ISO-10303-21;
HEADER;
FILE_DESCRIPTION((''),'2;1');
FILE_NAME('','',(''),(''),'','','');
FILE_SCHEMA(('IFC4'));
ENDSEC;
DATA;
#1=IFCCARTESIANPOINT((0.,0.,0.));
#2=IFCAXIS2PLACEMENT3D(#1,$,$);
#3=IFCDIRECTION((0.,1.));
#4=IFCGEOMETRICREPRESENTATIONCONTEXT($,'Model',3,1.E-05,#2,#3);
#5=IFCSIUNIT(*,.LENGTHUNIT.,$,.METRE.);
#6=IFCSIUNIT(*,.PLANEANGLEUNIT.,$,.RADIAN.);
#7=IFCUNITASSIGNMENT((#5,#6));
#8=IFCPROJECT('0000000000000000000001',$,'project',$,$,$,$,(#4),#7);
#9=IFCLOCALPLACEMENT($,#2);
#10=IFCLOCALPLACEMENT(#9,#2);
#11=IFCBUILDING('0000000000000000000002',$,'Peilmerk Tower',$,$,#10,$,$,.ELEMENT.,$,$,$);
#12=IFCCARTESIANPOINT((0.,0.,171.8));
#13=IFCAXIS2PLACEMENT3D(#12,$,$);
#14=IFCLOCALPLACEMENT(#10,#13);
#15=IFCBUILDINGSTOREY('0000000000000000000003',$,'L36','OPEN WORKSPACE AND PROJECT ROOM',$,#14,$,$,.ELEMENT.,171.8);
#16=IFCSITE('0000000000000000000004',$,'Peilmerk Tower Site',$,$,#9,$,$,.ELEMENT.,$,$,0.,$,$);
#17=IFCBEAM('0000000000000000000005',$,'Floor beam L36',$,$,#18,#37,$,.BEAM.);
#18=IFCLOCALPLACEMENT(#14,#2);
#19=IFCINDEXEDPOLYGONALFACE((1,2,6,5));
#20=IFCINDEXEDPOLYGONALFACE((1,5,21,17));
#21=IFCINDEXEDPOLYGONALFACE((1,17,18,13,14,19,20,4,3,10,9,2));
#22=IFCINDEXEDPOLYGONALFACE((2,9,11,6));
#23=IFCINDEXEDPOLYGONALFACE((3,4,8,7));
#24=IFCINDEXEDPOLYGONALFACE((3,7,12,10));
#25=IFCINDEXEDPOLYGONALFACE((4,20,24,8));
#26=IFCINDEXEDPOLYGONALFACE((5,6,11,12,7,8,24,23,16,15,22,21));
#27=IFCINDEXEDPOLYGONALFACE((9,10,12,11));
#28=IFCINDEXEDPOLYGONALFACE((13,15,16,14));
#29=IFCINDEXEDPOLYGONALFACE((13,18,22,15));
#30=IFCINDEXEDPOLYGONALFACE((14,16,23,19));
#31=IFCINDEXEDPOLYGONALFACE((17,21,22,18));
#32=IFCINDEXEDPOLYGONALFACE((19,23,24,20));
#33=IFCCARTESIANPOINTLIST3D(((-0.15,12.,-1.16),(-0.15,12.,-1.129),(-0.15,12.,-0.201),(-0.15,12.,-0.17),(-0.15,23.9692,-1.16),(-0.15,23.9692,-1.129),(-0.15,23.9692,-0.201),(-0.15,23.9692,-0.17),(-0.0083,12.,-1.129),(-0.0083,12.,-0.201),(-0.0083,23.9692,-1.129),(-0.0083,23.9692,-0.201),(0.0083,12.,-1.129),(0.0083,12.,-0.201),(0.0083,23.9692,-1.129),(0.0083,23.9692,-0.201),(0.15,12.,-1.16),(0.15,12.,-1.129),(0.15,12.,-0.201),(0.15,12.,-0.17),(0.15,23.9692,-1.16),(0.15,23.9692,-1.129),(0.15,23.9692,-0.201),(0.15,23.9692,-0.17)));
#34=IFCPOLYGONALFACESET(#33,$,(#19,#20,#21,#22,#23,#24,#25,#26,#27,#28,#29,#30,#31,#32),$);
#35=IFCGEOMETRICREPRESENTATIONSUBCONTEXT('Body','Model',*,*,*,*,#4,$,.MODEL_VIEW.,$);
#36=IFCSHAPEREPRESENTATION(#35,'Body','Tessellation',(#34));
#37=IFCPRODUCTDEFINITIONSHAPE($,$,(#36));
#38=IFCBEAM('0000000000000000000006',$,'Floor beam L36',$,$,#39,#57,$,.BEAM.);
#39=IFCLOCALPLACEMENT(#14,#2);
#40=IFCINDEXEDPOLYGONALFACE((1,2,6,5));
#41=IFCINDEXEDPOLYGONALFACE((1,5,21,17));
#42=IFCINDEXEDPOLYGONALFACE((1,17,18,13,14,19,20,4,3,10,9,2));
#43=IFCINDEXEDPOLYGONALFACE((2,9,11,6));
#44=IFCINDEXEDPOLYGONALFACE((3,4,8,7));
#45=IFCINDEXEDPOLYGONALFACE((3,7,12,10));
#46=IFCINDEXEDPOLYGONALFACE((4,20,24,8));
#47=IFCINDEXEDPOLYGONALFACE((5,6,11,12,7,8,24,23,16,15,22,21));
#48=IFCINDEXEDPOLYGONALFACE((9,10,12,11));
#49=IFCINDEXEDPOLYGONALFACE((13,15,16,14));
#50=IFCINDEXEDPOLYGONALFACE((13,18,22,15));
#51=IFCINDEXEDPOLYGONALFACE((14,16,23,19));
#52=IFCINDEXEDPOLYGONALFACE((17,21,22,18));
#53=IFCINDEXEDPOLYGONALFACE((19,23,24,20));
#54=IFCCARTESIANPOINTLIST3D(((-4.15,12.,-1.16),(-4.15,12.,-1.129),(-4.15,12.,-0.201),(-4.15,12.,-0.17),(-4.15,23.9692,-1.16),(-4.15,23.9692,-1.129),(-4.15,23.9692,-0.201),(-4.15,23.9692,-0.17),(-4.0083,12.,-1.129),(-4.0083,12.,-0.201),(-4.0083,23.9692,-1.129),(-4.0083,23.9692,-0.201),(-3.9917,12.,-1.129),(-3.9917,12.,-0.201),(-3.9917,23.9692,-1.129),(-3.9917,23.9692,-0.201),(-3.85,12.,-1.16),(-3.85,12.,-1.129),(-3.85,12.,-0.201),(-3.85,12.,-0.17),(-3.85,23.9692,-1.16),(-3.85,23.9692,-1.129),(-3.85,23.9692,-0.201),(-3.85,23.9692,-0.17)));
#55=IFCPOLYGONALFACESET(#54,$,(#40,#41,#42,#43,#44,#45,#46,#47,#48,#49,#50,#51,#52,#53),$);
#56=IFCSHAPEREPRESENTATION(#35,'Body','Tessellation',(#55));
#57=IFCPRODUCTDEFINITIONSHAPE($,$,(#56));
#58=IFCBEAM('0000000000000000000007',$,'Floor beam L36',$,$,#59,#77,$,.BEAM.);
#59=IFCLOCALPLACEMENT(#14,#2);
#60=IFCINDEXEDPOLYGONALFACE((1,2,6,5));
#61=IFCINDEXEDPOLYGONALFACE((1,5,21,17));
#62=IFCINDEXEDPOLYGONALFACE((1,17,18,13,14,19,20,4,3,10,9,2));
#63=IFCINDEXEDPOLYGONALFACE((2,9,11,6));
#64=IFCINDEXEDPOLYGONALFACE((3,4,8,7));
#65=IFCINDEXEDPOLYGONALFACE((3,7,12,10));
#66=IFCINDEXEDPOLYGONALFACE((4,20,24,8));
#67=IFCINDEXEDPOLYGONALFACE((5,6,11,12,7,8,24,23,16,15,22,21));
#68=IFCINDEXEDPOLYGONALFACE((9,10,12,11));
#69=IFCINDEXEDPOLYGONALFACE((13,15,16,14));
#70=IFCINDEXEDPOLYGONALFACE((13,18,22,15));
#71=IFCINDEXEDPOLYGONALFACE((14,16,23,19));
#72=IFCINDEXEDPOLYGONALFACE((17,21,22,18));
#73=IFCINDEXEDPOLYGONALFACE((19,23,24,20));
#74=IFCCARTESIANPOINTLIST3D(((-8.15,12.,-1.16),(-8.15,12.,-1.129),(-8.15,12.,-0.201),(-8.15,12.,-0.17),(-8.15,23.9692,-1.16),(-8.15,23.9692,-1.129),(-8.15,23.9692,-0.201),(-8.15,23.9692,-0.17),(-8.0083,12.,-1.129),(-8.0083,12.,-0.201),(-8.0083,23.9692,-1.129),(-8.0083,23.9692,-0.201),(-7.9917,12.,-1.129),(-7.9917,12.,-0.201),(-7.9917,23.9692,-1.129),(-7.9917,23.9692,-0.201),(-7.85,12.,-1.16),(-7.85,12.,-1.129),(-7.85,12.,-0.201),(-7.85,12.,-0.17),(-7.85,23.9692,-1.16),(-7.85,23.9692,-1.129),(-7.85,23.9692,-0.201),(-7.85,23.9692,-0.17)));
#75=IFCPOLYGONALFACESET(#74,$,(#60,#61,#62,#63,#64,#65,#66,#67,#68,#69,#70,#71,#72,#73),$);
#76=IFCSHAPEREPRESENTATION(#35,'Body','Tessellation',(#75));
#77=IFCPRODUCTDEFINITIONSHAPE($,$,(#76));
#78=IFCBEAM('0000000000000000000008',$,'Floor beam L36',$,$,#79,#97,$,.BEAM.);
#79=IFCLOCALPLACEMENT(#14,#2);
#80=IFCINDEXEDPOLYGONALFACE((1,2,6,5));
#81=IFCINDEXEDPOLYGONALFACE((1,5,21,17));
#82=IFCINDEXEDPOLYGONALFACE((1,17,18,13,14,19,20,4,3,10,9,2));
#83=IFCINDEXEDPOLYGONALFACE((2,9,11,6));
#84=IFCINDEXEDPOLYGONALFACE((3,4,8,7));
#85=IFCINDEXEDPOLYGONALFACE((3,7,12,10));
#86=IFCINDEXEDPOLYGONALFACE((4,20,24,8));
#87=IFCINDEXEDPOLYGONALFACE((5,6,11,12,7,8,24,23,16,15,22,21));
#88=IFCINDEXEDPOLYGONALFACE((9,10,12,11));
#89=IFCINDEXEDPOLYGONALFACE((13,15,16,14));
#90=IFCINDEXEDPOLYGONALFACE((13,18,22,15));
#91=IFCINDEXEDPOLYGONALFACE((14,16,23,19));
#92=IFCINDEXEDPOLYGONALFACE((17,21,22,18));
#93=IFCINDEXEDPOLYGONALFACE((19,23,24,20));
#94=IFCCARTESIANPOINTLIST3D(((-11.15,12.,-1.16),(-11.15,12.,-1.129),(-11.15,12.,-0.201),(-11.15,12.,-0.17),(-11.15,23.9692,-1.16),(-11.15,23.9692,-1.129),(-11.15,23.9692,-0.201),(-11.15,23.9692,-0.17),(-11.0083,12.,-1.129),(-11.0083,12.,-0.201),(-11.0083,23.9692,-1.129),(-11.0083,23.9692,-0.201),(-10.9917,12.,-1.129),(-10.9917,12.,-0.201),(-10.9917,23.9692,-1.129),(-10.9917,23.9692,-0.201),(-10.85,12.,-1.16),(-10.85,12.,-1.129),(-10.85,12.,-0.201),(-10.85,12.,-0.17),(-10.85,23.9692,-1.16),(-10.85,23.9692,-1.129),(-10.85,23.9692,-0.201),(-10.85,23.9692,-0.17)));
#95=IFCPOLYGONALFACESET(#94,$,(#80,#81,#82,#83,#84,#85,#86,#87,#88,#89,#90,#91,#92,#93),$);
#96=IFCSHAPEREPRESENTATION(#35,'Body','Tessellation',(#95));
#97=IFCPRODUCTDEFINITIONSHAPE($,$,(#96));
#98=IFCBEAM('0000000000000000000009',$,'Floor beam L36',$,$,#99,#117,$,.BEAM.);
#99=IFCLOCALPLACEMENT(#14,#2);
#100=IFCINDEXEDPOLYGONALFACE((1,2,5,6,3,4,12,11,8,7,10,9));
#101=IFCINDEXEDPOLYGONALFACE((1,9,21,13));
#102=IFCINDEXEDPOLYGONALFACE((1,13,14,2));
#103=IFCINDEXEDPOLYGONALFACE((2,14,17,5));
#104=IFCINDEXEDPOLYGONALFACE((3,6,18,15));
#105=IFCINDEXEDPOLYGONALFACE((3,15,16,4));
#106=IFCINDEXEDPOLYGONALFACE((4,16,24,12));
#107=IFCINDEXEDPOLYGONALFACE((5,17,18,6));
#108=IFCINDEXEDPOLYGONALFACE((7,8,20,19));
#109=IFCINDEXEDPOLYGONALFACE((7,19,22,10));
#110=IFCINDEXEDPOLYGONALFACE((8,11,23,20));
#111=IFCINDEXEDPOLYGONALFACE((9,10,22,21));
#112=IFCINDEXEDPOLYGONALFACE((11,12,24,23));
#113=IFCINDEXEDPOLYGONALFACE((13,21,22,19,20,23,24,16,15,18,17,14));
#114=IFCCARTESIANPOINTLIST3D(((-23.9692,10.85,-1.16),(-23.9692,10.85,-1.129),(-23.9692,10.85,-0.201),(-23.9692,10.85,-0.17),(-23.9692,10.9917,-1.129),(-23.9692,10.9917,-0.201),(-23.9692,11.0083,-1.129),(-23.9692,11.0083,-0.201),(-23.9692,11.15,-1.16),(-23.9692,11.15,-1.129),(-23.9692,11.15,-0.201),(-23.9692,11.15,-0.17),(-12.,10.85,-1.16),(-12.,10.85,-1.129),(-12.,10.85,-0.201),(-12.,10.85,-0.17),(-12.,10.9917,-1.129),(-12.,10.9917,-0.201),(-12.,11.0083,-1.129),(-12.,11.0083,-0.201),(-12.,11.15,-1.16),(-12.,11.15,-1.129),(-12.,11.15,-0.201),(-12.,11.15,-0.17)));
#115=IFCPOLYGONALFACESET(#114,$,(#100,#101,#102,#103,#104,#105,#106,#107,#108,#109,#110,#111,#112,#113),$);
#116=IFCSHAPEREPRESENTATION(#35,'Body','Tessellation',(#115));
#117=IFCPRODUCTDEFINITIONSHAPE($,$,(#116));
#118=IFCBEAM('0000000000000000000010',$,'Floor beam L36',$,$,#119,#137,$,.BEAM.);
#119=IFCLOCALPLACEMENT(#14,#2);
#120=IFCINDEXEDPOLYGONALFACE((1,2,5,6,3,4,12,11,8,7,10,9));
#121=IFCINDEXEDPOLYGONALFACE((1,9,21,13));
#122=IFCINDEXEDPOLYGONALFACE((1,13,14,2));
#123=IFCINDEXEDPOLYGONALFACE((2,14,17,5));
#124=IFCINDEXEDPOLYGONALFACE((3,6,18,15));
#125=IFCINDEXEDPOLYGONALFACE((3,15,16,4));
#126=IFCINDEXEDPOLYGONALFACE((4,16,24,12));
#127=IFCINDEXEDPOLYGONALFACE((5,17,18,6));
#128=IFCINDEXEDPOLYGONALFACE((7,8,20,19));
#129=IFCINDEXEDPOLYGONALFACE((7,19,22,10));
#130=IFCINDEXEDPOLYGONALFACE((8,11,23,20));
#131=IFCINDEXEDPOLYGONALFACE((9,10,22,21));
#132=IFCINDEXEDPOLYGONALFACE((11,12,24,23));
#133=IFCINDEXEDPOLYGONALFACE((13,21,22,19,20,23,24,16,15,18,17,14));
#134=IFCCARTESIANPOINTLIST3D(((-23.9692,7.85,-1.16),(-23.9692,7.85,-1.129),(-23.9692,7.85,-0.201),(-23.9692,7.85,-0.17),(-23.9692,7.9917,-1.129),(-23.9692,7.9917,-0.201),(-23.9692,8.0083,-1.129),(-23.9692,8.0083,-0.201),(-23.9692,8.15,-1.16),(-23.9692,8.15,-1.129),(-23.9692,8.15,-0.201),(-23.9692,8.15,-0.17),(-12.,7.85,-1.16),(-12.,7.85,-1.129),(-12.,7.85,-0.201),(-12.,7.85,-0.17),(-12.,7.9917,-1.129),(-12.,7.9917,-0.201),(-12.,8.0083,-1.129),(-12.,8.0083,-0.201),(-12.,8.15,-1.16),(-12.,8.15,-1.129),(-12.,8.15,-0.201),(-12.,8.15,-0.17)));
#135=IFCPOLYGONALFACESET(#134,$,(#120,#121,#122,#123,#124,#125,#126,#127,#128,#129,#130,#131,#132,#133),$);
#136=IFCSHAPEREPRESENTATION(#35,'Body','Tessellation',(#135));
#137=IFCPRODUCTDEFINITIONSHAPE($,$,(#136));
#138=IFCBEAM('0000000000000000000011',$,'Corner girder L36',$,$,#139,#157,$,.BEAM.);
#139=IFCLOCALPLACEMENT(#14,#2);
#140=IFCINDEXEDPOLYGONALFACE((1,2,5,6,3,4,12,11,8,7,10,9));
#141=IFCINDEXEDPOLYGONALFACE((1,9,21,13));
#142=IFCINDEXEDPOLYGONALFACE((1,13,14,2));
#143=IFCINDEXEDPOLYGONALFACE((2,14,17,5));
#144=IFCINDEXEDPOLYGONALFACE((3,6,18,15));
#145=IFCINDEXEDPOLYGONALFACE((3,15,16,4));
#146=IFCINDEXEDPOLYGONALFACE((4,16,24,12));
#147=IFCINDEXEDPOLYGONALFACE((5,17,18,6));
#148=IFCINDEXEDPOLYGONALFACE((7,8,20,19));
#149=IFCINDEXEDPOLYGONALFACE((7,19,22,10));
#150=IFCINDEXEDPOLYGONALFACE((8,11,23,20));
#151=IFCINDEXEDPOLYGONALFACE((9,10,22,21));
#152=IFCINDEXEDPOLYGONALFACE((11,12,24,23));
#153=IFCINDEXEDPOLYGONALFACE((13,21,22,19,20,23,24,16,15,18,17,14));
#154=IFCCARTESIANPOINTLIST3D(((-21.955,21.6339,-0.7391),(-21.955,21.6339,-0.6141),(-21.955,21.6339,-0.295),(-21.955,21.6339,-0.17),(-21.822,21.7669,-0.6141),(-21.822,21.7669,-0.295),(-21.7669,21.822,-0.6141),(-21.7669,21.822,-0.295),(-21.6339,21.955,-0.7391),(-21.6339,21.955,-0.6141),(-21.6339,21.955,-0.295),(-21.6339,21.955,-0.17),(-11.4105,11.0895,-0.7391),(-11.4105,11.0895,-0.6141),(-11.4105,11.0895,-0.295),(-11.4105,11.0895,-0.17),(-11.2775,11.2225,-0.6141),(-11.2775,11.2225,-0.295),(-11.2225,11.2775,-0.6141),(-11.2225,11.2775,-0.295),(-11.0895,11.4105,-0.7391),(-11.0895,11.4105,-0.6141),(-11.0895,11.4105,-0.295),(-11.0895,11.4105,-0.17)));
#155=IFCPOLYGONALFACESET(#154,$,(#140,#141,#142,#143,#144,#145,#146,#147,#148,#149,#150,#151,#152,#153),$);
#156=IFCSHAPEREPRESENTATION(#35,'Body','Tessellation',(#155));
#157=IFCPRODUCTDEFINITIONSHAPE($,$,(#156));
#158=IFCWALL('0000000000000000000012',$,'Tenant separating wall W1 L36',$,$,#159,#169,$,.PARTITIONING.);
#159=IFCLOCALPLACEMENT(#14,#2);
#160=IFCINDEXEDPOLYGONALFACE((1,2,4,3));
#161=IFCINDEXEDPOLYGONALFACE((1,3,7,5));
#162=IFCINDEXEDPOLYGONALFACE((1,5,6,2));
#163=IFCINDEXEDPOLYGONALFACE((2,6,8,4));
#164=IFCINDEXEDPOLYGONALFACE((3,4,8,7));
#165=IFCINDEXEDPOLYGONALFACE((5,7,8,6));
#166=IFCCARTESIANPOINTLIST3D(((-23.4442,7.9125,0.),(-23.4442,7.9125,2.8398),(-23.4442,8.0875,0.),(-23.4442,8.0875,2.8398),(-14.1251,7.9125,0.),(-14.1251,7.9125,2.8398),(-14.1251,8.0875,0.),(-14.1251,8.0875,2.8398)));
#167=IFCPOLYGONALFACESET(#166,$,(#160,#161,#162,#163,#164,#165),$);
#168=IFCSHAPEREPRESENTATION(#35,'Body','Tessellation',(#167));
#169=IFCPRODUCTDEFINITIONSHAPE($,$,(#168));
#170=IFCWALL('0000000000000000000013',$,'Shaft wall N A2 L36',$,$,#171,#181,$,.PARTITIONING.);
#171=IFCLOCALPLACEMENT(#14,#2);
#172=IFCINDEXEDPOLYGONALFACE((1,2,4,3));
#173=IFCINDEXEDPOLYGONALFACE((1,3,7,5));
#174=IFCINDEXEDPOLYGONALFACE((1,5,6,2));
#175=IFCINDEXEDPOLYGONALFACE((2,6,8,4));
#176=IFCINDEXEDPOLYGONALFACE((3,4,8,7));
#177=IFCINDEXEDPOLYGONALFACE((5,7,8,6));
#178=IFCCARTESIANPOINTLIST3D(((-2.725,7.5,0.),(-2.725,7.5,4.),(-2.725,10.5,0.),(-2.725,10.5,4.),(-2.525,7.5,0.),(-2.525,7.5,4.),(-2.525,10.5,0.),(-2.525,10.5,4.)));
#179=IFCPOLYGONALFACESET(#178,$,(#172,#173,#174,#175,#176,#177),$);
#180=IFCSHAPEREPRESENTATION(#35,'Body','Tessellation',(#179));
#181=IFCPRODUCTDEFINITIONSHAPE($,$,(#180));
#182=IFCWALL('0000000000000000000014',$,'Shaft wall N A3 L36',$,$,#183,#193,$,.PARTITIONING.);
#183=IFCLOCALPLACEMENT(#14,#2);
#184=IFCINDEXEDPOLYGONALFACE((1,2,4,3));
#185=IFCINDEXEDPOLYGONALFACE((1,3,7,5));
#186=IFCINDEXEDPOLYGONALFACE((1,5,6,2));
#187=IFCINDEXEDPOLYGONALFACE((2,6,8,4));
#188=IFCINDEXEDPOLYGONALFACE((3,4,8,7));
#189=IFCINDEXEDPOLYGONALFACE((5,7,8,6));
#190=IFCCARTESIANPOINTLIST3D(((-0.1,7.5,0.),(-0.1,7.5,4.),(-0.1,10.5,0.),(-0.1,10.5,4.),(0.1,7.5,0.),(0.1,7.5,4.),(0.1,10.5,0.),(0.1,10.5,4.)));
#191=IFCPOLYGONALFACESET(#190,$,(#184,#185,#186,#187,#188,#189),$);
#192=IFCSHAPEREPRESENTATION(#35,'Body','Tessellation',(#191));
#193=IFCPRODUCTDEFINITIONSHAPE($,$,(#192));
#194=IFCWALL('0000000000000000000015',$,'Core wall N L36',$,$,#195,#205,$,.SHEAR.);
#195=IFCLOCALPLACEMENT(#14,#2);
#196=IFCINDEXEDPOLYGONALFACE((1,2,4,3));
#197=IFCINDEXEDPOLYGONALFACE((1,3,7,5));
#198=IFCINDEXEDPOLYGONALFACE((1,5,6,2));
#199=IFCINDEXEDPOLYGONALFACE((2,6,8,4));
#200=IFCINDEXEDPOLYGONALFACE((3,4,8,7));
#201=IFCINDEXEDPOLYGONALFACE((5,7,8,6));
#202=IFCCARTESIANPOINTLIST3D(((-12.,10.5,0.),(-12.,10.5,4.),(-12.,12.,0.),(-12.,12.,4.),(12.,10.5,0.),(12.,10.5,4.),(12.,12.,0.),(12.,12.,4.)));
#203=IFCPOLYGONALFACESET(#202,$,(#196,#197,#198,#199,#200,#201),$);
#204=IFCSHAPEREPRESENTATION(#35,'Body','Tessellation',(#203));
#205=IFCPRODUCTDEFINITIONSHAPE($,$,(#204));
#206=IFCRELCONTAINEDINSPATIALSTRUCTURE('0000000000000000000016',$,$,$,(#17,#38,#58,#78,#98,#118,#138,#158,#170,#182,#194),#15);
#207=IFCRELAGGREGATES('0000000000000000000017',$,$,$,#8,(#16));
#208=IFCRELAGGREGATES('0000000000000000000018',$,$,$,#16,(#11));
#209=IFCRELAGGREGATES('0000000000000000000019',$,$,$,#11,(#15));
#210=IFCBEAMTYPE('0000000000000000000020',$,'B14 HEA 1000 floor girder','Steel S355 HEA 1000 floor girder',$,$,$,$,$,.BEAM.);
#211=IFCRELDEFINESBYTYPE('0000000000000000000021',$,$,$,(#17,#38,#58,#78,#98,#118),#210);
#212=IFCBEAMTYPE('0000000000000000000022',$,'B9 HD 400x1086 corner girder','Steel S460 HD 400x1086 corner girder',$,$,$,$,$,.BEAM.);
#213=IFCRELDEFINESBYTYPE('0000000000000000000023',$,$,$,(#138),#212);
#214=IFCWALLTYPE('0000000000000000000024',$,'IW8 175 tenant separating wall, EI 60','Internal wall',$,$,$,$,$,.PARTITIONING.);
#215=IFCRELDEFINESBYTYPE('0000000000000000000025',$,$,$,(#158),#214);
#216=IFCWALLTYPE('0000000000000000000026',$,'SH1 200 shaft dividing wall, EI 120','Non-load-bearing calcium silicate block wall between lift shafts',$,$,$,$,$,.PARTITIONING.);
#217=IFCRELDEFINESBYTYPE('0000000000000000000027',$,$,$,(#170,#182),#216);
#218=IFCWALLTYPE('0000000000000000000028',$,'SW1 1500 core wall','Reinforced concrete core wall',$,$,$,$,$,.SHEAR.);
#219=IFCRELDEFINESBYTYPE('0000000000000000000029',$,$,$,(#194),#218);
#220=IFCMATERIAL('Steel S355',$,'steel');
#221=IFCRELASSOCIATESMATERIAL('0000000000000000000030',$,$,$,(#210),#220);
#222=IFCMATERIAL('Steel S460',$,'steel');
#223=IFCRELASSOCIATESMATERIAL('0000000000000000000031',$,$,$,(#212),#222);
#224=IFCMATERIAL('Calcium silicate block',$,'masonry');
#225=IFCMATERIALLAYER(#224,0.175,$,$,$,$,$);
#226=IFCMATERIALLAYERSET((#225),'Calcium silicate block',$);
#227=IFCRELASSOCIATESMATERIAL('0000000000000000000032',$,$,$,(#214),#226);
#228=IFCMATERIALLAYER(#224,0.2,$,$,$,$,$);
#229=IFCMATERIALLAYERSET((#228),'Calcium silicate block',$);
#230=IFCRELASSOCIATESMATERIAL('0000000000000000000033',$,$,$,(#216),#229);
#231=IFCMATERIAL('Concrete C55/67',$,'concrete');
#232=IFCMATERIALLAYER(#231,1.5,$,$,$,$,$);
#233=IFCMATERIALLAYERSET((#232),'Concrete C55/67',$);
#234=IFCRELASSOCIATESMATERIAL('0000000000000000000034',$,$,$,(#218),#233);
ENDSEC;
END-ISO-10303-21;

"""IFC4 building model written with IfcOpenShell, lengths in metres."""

from ifc_helpers import new_model, si_unit, direction, frame, frame_2d, origin, origin_2d, place, context, subcontext, project, spatial, rectangle, i_section, extrude, material, layer, layer_set, material_profile, profile_set, type_object, element, save


model = new_model("IFC4")

# Units and contexts
model_context = context("Model", 3, precision=1e-05, world=origin(), true_north=direction((0.0, 1.0)))
body_context = subcontext(model_context, "Body", "Model", "MODEL_VIEW")
ifc_project = project(units=[si_unit("LENGTHUNIT", "METRE"), si_unit("PLANEANGLEUNIT", "RADIAN")], contexts=[model_context])

# Site, building, storey
site_placement = place(None, origin())
site = spatial("IfcSite", under=ifc_project, at=site_placement, Name="Peilmerk Tower Site", CompositionType="ELEMENT", RefElevation=0.0)
building_placement = place(site_placement, origin())
building = spatial("IfcBuilding", under=site, at=building_placement, Name="Peilmerk Tower", CompositionType="ELEMENT")
storey_placement = place(building_placement, frame((0.0, 0.0, 171.8)))
storey = spatial("IfcBuildingStorey", under=building, at=storey_placement, Name="L36", Description="OPEN WORKSPACE AND PROJECT ROOM", CompositionType="ELEMENT", Elevation=171.8)

# Beams
ifc_material_1 = material(Name="Steel S355", Category="steel")
ifc_material_profile_1 = material_profile(ifc_material_1, i_section(OverallWidth=0.3, OverallDepth=0.99, WebThickness=0.0166, FlangeThickness=0.031, at=origin_2d()), Name="HEA 1000")
ifc_profile_set_1 = profile_set([ifc_material_profile_1], Name="Steel S355")
beam_type_1 = type_object("IfcBeamType", Name="B14 HEA 1000 floor girder", Description="Steel S355 HEA 1000 floor girder", PredefinedType="BEAM", material=ifc_profile_set_1)
for number, where, z_axis, x_axis, name in (
    (1, (0.0, 12.0, -0.665), (0.0, 1.0, 0.0), (-1.0, 0.0, 0.0), "Floor beam L36"),
    (2, (-4.0, 12.0, -0.665), (0.0, 1.0, 0.0), (-1.0, 0.0, 0.0), "Floor beam L36"),
    (3, (-8.0, 12.0, -0.665), (0.0, 1.0, 0.0), (-1.0, 0.0, 0.0), "Floor beam L36"),
    (4, (-11.0, 12.0, -0.665), (0.0, 1.0, 0.0), (-1.0, 0.0, 0.0), "Floor beam L36"),
    (5, (-12.0, 11.0, -0.665), (-1.0, 0.0, 0.0), (0.0, -1.0, 0.0), "Floor beam L36"),
    (6, (-12.0, 8.0, -0.665), (-1.0, 0.0, 0.0), (0.0, -1.0, 0.0), "Floor beam L36"),
):
    element("IfcBeam", number, at=place(storey_placement, frame(where, z_axis=z_axis, x_axis=x_axis)), inside=storey, type_object=beam_type_1, Name=name, PredefinedType="BEAM", context=body_context, shape_type="SweptSolid", body=[
        extrude(i_section(OverallWidth=0.3, OverallDepth=0.99, WebThickness=0.0166, FlangeThickness=0.031, at=origin_2d()), origin(), (0.0, 0.0, 1.0), 11.9692),
    ])
ifc_material_2 = material(Name="Steel S460", Category="steel")
ifc_material_profile_2 = material_profile(ifc_material_2, i_section(OverallWidth=0.4541, OverallDepth=0.5691, WebThickness=0.0779, FlangeThickness=0.125, at=origin_2d()), Name="HD 400x1086")
ifc_profile_set_2 = profile_set([ifc_material_profile_2], Name="Steel S460")
beam_type_2 = type_object("IfcBeamType", Name="B9 HD 400x1086 corner girder", Description="Steel S460 HD 400x1086 corner girder", PredefinedType="BEAM", material=ifc_profile_set_2)
beam_placement = place(storey_placement, frame((-11.25, 11.25, -0.4546), z_axis=(-0.707107, 0.707107, 0.0), x_axis=(-0.707107, -0.707107, 0.0)))
element("IfcBeam", 7, at=beam_placement, inside=storey, type_object=beam_type_2, Name="Corner girder L36", PredefinedType="BEAM", context=body_context, shape_type="SweptSolid", body=[
    extrude(i_section(OverallWidth=0.4541, OverallDepth=0.5691, WebThickness=0.0779, FlangeThickness=0.125, at=origin_2d()), origin(), (0.0, 0.0, 1.0), 14.9121),
])

# Walls
ifc_material_3 = material(Name="Calcium silicate block", Category="masonry")
ifc_layer_1 = layer(ifc_material_3, 0.175)
ifc_layer_set_1 = layer_set([ifc_layer_1], Name="Calcium silicate block")
wall_type_1 = type_object("IfcWallType", Name="IW8 175 tenant separating wall, EI 60", Description="Internal wall", PredefinedType="PARTITIONING", material=ifc_layer_set_1)
wall_1_placement = place(storey_placement, frame((-14.125, 8.0, 0.0), z_axis=(0.0, 0.0, 1.0), x_axis=(-1.0, 0.0, 0.0)))
element("IfcWall", 8, at=wall_1_placement, inside=storey, type_object=wall_type_1, Name="Tenant separating wall W1 L36", PredefinedType="PARTITIONING", context=body_context, shape_type="SweptSolid", body=[
    extrude(rectangle(XDim=9.3191, YDim=0.175, at=frame_2d((4.6597, 0.0))), origin(), (0.0, 0.0, 1.0), 2.8398),
])
ifc_layer_2 = layer(ifc_material_3, 0.2)
ifc_layer_set_2 = layer_set([ifc_layer_2], Name="Calcium silicate block")
wall_type_2 = type_object("IfcWallType", Name="SH1 200 shaft dividing wall, EI 120", Description="Non-load-bearing calcium silicate block wall between lift shafts", PredefinedType="PARTITIONING", material=ifc_layer_set_2)
for number, where, z_axis, x_axis, name in (
    (9, (-2.625, 7.5, 0.0), (0.0, 0.0, 1.0), (0.0, 1.0, 0.0), "Shaft wall N A2 L36"),
    (10, (0.0, 7.5, 0.0), (0.0, 0.0, 1.0), (0.0, 1.0, 0.0), "Shaft wall N A3 L36"),
):
    element("IfcWall", number, at=place(storey_placement, frame(where, z_axis=z_axis, x_axis=x_axis)), inside=storey, type_object=wall_type_2, Name=name, PredefinedType="PARTITIONING", context=body_context, shape_type="SweptSolid", body=[
        extrude(rectangle(XDim=3.0, YDim=0.2, at=frame_2d((1.5, 0.0))), origin(), (0.0, 0.0, 1.0), 4.0),
    ])
ifc_material_4 = material(Name="Concrete C55/67", Category="concrete")
ifc_layer_3 = layer(ifc_material_4, 1.5)
ifc_layer_set_3 = layer_set([ifc_layer_3], Name="Concrete C55/67")
wall_type_3 = type_object("IfcWallType", Name="SW1 1500 core wall", Description="Reinforced concrete core wall", PredefinedType="SHEAR", material=ifc_layer_set_3)
wall_2_placement = place(storey_placement, frame((-12.0, 11.25, 0.0), z_axis=(0.0, 0.0, 1.0), x_axis=(1.0, 0.0, 0.0)))
element("IfcWall", 11, at=wall_2_placement, inside=storey, type_object=wall_type_3, Name="Core wall N L36", PredefinedType="SHEAR", context=body_context, shape_type="SweptSolid", body=[
    extrude(rectangle(XDim=24.0, YDim=1.5, at=frame_2d((12.0, 0.0))), origin(), (0.0, 0.0, 1.0), 4.0),
])

save(model, "model.ifc")
